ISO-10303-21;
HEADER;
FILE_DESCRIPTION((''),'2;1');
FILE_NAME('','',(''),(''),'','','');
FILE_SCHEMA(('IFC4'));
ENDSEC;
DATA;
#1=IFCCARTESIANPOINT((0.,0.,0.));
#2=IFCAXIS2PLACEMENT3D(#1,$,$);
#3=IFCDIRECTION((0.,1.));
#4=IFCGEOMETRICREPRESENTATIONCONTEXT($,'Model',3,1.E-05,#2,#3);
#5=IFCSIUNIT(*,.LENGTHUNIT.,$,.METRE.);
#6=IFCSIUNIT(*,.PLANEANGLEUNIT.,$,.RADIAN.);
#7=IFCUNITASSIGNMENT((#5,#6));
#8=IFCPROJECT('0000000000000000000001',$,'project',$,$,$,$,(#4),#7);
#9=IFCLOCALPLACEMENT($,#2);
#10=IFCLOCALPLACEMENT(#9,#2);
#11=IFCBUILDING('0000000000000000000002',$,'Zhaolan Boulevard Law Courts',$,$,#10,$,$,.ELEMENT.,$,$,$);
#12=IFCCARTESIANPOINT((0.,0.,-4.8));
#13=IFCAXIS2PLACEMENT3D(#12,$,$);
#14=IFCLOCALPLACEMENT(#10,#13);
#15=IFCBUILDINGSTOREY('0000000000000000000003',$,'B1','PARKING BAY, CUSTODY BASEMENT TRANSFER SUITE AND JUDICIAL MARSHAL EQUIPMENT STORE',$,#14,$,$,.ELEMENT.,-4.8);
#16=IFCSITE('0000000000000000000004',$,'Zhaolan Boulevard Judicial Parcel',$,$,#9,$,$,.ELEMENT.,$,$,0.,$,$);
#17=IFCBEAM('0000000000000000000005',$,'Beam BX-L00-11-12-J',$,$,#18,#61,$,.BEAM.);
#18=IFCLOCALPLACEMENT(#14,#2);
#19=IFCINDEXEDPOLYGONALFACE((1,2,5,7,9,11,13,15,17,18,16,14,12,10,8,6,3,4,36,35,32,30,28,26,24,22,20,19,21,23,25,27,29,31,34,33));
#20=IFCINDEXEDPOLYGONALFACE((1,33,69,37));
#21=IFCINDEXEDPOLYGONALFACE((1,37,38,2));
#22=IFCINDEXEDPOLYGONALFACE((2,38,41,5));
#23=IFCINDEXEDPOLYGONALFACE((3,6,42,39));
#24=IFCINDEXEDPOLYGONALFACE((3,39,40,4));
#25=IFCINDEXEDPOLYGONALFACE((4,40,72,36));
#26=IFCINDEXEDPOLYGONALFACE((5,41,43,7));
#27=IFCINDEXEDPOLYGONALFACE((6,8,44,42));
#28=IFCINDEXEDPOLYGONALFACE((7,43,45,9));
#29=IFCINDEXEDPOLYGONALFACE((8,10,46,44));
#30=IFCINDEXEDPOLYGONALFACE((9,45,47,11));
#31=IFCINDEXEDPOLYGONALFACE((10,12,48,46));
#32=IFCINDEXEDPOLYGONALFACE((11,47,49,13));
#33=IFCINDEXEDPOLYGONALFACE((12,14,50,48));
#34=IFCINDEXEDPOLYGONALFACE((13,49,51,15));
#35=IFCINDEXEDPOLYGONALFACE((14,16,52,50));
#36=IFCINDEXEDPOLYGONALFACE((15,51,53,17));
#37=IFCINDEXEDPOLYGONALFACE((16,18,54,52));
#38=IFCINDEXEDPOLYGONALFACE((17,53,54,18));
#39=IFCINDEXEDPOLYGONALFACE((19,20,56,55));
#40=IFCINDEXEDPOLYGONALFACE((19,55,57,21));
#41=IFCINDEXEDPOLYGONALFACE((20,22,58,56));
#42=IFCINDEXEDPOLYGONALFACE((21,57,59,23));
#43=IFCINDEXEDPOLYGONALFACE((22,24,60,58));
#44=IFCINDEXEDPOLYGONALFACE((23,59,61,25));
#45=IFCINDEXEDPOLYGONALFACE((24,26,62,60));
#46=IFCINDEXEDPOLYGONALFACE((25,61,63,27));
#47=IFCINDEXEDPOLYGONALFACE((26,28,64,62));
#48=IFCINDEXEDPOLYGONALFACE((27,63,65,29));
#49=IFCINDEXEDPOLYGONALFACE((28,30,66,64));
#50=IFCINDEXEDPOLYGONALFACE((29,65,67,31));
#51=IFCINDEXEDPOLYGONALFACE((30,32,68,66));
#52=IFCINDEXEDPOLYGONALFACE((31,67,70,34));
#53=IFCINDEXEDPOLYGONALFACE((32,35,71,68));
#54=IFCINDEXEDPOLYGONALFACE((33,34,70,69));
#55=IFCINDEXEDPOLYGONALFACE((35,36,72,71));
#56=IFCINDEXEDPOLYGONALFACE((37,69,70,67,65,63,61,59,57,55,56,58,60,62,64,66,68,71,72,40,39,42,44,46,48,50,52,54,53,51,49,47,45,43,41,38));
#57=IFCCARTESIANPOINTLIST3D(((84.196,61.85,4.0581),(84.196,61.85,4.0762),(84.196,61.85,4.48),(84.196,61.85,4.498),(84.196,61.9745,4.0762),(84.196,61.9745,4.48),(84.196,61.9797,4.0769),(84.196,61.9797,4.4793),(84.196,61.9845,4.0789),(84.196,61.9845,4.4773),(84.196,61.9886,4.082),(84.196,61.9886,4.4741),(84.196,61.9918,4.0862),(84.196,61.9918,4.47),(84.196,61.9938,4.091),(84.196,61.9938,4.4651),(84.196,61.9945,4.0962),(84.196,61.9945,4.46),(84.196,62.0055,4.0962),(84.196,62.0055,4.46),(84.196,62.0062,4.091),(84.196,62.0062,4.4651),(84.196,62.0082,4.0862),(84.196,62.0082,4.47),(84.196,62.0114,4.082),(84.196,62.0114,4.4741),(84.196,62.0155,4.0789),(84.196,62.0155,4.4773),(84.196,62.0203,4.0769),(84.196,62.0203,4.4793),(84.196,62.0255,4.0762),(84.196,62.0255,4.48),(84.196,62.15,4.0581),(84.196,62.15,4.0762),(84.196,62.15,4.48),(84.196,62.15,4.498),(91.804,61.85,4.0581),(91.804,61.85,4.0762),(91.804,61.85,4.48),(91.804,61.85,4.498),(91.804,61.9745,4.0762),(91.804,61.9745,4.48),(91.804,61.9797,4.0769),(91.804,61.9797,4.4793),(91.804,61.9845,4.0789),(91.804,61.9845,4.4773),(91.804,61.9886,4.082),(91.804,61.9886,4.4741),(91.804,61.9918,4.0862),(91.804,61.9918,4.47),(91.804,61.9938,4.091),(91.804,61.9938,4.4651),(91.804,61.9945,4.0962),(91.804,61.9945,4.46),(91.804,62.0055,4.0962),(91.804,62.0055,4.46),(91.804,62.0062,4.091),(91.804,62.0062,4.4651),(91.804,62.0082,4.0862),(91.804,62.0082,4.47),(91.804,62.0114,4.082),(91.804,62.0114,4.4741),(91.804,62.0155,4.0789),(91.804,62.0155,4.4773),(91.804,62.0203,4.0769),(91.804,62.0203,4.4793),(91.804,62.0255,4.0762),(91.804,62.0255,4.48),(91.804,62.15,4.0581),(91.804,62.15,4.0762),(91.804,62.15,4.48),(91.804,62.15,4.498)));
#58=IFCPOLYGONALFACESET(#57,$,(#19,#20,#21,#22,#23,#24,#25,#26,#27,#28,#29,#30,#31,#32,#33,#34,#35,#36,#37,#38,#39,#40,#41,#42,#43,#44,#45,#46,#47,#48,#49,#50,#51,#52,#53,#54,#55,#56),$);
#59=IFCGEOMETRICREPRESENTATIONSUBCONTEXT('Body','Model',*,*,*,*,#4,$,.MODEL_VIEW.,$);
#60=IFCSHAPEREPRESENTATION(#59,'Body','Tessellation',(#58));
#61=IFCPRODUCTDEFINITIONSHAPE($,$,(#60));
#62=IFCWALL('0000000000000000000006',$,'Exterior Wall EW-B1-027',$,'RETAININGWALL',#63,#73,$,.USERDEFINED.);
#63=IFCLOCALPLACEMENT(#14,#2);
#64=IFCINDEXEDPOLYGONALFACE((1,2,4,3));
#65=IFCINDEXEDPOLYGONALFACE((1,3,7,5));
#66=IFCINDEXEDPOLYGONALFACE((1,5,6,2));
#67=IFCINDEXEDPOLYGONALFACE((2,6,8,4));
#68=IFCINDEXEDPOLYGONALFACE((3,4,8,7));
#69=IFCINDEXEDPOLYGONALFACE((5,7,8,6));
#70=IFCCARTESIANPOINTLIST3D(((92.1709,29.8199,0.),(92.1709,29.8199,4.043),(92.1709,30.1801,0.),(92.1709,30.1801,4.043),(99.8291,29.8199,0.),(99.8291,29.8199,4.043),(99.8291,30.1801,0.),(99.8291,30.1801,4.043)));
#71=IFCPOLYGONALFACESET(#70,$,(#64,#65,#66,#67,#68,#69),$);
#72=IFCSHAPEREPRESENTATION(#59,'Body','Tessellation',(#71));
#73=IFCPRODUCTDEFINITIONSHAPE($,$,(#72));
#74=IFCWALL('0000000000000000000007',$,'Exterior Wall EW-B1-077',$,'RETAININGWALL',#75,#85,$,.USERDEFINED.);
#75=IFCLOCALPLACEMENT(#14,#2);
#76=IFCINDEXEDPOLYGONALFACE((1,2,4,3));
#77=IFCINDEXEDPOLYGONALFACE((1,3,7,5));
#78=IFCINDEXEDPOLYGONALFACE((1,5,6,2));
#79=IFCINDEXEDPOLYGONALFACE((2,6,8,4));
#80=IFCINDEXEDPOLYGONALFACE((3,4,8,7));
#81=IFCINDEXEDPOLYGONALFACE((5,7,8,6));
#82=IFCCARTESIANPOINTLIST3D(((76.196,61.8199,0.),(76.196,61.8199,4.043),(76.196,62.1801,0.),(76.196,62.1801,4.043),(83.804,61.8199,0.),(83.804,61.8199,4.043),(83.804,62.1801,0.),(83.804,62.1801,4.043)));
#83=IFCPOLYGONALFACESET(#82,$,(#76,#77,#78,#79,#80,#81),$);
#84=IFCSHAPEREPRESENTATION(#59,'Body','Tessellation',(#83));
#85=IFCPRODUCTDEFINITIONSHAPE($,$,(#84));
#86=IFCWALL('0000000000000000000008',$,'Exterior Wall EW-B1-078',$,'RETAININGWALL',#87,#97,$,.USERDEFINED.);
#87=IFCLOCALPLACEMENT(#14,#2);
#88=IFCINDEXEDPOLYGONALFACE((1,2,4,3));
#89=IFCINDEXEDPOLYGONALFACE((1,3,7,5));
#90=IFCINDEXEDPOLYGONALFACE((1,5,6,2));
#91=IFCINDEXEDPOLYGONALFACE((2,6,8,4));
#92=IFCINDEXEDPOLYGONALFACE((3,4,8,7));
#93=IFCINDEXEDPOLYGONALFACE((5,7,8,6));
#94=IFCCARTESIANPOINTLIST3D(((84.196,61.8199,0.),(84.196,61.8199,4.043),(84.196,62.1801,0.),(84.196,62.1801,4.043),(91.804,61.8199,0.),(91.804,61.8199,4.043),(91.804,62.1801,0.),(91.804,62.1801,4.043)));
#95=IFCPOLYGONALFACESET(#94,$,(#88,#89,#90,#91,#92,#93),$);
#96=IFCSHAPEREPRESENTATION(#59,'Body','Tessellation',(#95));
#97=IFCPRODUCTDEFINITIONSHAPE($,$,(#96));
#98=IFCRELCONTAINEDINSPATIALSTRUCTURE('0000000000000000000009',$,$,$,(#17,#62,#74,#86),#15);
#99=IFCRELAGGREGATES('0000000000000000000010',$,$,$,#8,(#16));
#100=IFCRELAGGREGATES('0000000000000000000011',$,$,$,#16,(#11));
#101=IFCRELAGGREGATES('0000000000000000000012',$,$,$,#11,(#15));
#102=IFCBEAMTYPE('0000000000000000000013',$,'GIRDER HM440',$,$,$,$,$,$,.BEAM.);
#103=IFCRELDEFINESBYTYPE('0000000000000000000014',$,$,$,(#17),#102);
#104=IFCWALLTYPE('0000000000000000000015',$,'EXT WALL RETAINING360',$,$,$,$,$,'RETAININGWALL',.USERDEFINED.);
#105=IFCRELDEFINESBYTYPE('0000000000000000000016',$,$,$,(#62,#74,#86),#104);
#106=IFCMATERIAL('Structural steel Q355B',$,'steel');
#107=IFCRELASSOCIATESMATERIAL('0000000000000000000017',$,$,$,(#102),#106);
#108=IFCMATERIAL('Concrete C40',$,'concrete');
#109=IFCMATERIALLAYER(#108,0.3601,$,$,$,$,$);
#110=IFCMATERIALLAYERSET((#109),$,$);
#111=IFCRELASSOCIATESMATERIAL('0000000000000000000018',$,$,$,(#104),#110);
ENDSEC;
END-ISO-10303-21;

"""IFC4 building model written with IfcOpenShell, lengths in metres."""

from ifc_helpers import new_model, si_unit, direction, frame, frame_2d, origin, origin_2d, place, context, subcontext, project, spatial, rectangle, i_section, extrude, material, layer, layer_set, material_profile, profile_set, type_object, element, save


model = new_model("IFC4")

# Units and contexts
model_context = context("Model", 3, precision=1e-05, world=origin(), true_north=direction((0.0, 1.0)))
body_context = subcontext(model_context, "Body", "Model", "MODEL_VIEW")
ifc_project = project(units=[si_unit("LENGTHUNIT", "METRE"), si_unit("PLANEANGLEUNIT", "RADIAN")], contexts=[model_context])

# Site, building, storey
site_placement = place(None, origin())
site = spatial("IfcSite", under=ifc_project, at=site_placement, Name="Zhaolan Boulevard Judicial Parcel", CompositionType="ELEMENT", RefElevation=0.0)
building_placement = place(site_placement, origin())
building = spatial("IfcBuilding", under=site, at=building_placement, Name="Zhaolan Boulevard Law Courts", CompositionType="ELEMENT")
storey_placement = place(building_placement, frame((0.0, 0.0, -4.8)))
storey = spatial("IfcBuildingStorey", under=building, at=storey_placement, Name="B1", Description="PARKING BAY, CUSTODY BASEMENT TRANSFER SUITE AND JUDICIAL MARSHAL EQUIPMENT STORE", CompositionType="ELEMENT", Elevation=-4.8)

# Beam
ifc_material_1 = material(Name="Structural steel Q355B", Category="steel")
ifc_material_profile_1 = material_profile(ifc_material_1, i_section(OverallWidth=0.3, OverallDepth=0.4399, WebThickness=0.011, FlangeThickness=0.0181, FilletRadius=0.02, at=origin_2d()), Name="HM440x300")
ifc_profile_set_1 = profile_set([ifc_material_profile_1], Name="Structural steel Q355B")
beam_type = type_object("IfcBeamType", Name="GIRDER HM440", PredefinedType="BEAM", material=ifc_profile_set_1)
for number, where, z_axis, x_axis, name in (
    (1, (84.196, 62.0, 4.2781), (1.0, 0.0, 0.0), (0.0, 1.0, 0.0), "Beam BX-L00-11-12-J"),
):
    element("IfcBeam", number, at=place(storey_placement, frame(where, z_axis=z_axis, x_axis=x_axis)), inside=storey, type_object=beam_type, Name=name, PredefinedType="BEAM", context=body_context, shape_type="SweptSolid", body=[
        extrude(i_section(OverallWidth=0.3, OverallDepth=0.4399, WebThickness=0.011, FlangeThickness=0.0181, FilletRadius=0.02, at=origin_2d()), origin(), (0.0, 0.0, 1.0), 7.6079),
    ])

# Walls
ifc_material_2 = material(Name="Concrete C40", Category="concrete")
ifc_layer = layer(ifc_material_2, 0.3601)
ifc_layer_set = layer_set([ifc_layer])
wall_type = type_object("IfcWallType", Name="EXT WALL RETAINING360", ElementType="RETAININGWALL", PredefinedType="USERDEFINED", material=ifc_layer_set)
wall_placement = place(storey_placement, frame((99.8291, 30.0, 0.0), z_axis=(0.0, 0.0, 1.0), x_axis=(-1.0, 0.0, 0.0)))
element("IfcWall", 2, at=wall_placement, inside=storey, type_object=wall_type, Name="Exterior Wall EW-B1-027", ObjectType="RETAININGWALL", PredefinedType="USERDEFINED", context=body_context, shape_type="SweptSolid", body=[
    extrude(rectangle(XDim=7.6582, YDim=0.3601, at=frame_2d((3.8291, 0.0))), origin(), (0.0, 0.0, 1.0), 4.043),
])
for number, where, z_axis, x_axis, name in (
    (3, (76.196, 62.0, 0.0), (0.0, 0.0, 1.0), (1.0, 0.0, 0.0), "Exterior Wall EW-B1-077"),
    (4, (84.196, 62.0, 0.0), (0.0, 0.0, 1.0), (1.0, 0.0, 0.0), "Exterior Wall EW-B1-078"),
):
    element("IfcWall", number, at=place(storey_placement, frame(where, z_axis=z_axis, x_axis=x_axis)), inside=storey, type_object=wall_type, Name=name, ObjectType="RETAININGWALL", PredefinedType="USERDEFINED", context=body_context, shape_type="SweptSolid", body=[
        extrude(rectangle(XDim=7.6079, YDim=0.3601, at=frame_2d((3.804, 0.0))), origin(), (0.0, 0.0, 1.0), 4.043),
    ])

save(model, "model.ifc")
